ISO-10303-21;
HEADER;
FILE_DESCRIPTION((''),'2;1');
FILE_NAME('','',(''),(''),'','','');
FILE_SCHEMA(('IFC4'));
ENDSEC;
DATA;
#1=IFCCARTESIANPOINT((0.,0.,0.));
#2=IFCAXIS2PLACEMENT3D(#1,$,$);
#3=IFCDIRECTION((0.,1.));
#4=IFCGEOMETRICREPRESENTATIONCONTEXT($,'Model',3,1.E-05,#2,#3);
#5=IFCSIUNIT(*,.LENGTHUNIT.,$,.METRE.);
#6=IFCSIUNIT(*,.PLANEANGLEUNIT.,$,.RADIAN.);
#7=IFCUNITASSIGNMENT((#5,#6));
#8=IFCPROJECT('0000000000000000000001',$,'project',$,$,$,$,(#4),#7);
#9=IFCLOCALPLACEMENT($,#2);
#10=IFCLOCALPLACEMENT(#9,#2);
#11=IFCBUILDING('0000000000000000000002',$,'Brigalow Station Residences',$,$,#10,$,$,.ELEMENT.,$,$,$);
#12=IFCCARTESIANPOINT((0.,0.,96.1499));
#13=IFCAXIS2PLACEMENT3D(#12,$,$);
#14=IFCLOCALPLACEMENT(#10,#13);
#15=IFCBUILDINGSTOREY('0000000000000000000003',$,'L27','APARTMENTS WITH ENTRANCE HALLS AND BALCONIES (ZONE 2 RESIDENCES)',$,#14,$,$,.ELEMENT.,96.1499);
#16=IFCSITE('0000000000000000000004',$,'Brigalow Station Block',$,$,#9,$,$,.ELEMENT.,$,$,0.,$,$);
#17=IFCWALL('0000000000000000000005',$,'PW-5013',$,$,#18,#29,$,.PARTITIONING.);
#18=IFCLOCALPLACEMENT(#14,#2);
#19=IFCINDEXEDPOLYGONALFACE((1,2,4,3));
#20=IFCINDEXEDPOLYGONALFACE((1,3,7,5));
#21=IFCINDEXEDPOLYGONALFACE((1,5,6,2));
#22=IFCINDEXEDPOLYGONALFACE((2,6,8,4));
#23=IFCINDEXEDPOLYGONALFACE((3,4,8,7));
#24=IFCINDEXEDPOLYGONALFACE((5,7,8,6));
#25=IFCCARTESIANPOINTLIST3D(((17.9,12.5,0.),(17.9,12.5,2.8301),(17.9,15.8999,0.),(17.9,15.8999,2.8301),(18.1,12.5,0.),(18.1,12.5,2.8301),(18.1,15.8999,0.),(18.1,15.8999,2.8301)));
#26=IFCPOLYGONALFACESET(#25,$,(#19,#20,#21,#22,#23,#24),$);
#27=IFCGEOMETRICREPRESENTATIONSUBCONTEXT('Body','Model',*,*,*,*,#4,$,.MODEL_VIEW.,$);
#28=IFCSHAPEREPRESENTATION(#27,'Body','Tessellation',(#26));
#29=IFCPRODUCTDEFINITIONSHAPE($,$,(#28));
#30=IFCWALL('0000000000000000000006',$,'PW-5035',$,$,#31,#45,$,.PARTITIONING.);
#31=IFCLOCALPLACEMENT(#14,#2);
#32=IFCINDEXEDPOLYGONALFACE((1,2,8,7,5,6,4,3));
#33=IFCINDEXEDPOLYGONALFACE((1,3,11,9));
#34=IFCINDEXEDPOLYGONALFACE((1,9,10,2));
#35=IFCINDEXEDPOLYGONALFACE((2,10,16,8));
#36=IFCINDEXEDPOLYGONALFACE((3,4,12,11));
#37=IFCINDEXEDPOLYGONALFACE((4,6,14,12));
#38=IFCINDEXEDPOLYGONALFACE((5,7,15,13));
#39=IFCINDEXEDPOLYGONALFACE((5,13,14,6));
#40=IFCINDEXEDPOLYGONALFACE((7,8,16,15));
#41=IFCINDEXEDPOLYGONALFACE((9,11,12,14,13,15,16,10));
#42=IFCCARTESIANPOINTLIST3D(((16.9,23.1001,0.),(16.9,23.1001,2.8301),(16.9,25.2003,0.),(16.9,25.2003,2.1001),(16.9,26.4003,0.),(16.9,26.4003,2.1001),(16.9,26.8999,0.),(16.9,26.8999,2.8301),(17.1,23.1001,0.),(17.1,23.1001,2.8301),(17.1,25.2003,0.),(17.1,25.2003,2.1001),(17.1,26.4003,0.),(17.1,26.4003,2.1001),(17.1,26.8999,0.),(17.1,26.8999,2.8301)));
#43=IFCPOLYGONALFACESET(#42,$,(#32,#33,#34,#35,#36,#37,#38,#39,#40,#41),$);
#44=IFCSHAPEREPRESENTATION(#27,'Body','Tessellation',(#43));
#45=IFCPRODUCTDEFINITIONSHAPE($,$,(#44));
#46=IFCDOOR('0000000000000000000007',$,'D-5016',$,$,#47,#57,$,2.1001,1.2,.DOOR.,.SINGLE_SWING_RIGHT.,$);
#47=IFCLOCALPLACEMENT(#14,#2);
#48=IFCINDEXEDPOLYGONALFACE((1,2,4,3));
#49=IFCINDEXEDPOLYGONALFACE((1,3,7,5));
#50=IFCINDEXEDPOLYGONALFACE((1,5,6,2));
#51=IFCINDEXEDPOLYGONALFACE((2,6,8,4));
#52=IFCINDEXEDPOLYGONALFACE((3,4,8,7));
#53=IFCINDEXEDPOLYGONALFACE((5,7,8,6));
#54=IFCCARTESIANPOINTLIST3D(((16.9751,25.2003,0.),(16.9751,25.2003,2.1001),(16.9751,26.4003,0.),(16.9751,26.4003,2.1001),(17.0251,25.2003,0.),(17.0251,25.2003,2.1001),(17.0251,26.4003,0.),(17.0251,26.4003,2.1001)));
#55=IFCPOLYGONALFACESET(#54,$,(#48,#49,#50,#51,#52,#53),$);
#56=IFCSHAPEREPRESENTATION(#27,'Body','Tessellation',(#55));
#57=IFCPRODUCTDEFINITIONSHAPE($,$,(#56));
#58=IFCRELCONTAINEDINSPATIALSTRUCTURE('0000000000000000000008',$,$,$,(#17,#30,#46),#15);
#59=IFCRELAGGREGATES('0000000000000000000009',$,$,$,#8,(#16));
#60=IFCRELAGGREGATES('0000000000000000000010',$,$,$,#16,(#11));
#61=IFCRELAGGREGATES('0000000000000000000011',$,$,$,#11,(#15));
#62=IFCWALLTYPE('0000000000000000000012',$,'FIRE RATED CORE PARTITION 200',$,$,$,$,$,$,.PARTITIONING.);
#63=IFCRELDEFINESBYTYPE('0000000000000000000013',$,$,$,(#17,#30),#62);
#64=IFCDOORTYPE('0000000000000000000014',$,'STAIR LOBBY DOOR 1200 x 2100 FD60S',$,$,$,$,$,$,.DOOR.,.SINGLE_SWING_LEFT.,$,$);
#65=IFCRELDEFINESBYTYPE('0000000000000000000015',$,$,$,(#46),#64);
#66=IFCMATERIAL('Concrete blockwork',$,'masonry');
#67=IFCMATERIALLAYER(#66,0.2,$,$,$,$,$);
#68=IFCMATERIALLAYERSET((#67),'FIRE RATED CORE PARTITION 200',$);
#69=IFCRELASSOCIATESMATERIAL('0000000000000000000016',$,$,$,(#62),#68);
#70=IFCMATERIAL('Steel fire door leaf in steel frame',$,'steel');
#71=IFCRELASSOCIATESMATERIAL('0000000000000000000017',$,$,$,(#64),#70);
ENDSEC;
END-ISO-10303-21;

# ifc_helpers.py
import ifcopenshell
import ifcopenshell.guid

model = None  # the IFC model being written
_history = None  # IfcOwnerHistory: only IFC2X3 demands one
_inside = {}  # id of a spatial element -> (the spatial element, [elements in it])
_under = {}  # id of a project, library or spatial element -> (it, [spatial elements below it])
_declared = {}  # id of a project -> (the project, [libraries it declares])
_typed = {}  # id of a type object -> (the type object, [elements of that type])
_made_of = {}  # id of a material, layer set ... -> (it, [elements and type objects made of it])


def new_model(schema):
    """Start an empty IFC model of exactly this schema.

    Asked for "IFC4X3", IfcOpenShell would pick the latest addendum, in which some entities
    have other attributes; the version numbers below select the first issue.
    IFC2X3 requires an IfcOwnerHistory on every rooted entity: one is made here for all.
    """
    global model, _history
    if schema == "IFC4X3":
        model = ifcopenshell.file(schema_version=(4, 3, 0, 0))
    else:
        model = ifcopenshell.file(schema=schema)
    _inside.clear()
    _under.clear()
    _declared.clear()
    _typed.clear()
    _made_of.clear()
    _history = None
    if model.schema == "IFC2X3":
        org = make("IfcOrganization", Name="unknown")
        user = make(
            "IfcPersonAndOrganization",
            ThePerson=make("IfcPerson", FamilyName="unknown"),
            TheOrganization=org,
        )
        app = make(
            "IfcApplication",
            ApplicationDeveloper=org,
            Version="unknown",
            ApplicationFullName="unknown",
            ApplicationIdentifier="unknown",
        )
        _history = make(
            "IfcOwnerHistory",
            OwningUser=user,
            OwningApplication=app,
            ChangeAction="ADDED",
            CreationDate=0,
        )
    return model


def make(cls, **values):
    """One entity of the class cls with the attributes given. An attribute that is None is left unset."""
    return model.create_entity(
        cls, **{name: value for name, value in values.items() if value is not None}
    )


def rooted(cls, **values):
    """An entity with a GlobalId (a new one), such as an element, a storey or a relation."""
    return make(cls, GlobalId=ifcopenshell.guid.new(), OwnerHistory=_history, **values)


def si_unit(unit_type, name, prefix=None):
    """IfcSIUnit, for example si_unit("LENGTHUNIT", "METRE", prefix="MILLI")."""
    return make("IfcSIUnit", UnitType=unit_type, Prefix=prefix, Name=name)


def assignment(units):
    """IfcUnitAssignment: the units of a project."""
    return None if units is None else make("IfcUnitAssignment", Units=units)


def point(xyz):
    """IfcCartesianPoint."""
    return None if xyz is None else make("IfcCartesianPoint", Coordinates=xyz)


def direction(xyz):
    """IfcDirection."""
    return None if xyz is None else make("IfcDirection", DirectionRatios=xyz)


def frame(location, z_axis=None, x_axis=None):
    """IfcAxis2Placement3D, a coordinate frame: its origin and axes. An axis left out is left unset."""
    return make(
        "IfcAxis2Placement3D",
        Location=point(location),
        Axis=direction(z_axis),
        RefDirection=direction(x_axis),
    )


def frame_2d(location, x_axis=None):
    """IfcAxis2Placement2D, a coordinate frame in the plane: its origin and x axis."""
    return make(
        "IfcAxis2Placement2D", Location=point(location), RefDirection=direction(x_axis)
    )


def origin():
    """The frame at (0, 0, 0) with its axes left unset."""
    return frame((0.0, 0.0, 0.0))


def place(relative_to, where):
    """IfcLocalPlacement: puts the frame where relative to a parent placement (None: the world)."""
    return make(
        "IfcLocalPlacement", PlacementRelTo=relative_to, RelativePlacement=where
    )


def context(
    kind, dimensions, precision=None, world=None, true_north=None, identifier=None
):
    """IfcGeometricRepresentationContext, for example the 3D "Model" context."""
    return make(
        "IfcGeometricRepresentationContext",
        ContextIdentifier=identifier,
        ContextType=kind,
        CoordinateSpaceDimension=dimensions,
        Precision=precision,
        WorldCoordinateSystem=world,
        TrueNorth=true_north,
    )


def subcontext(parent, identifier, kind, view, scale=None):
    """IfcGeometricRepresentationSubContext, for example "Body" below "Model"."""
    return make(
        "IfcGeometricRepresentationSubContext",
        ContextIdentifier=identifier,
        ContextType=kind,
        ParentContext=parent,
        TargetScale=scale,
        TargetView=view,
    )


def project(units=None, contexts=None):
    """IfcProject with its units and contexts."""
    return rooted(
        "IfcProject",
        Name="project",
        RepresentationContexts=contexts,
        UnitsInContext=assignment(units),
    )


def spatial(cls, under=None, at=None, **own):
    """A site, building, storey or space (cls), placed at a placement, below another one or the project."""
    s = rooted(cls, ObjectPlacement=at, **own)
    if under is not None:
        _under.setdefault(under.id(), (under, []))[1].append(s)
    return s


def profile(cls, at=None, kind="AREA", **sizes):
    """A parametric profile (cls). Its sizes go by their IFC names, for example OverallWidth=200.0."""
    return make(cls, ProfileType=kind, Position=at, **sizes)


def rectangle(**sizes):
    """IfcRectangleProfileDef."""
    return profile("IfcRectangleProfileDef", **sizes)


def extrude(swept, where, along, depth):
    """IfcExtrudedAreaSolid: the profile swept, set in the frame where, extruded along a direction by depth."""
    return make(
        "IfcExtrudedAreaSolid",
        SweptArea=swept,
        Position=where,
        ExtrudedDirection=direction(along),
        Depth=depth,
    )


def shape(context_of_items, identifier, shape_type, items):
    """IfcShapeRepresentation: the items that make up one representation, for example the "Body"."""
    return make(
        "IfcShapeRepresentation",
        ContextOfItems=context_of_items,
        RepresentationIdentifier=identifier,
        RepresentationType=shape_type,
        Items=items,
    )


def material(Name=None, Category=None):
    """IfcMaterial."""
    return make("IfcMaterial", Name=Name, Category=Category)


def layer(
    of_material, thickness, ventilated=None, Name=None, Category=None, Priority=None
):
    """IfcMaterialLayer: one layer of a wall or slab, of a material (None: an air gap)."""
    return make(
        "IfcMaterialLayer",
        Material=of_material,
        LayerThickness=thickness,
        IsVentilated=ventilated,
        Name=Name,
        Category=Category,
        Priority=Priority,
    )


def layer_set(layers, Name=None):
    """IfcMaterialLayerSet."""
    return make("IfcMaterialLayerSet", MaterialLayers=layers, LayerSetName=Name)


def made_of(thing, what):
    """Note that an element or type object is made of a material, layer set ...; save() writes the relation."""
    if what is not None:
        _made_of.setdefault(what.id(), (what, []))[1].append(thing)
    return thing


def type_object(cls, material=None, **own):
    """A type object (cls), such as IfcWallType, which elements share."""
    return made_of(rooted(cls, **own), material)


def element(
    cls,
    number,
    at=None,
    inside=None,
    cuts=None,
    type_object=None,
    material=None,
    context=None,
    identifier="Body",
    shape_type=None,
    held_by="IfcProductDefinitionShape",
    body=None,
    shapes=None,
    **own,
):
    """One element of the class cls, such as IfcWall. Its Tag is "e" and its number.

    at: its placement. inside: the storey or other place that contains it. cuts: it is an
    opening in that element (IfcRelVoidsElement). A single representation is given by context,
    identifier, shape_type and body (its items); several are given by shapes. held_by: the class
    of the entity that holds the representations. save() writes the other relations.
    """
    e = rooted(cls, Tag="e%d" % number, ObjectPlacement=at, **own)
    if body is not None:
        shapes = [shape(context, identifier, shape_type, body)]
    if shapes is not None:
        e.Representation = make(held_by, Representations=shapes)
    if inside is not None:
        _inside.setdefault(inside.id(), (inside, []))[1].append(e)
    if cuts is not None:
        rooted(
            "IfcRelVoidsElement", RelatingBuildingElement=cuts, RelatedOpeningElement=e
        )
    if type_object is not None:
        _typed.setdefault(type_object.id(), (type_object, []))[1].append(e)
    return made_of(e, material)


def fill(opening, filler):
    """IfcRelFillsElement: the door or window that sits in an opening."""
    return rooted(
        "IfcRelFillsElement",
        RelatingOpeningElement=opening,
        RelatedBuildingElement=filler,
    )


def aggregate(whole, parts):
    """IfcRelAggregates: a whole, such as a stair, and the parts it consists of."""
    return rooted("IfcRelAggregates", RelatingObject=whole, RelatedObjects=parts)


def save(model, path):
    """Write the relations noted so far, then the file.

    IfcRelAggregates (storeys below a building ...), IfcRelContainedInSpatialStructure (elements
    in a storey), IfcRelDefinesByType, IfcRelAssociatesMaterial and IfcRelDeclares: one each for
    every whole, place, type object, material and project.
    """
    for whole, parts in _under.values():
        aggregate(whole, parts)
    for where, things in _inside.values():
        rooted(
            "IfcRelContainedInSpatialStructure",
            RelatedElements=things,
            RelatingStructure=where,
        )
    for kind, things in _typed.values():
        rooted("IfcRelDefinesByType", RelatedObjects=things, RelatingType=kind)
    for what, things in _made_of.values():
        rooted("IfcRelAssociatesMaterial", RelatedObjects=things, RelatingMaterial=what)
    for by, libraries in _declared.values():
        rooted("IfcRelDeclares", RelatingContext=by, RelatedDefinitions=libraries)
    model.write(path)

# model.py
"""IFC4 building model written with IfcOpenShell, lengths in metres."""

from ifc_helpers import new_model, si_unit, direction, frame, frame_2d, origin, place, context, subcontext, project, spatial, rectangle, extrude, material, layer, layer_set, type_object, element, fill, save


model = new_model("IFC4")

# Units and contexts
model_context = context("Model", 3, precision=1e-05, world=origin(), true_north=direction((0.0, 1.0)))
body_context = subcontext(model_context, "Body", "Model", "MODEL_VIEW")
ifc_project = project(units=[si_unit("LENGTHUNIT", "METRE"), si_unit("PLANEANGLEUNIT", "RADIAN")], contexts=[model_context])

# Site, building, storey
site_placement = place(None, origin())
site = spatial("IfcSite", under=ifc_project, at=site_placement, Name="Brigalow Station Block", CompositionType="ELEMENT", RefElevation=0.0)
building_placement = place(site_placement, origin())
building = spatial("IfcBuilding", under=site, at=building_placement, Name="Brigalow Station Residences", CompositionType="ELEMENT")
storey_placement = place(building_placement, frame((0.0, 0.0, 96.1499)))
storey = spatial("IfcBuildingStorey", under=building, at=storey_placement, Name="L27", Description="APARTMENTS WITH ENTRANCE HALLS AND BALCONIES (ZONE 2 RESIDENCES)", CompositionType="ELEMENT", Elevation=96.1499)

# Wall
ifc_material_1 = material(Name="Concrete blockwork", Category="masonry")
ifc_layer_1 = layer(ifc_material_1, 0.2)
ifc_layer_set_1 = layer_set([ifc_layer_1], Name="FIRE RATED CORE PARTITION 200")
wall_type_1 = type_object("IfcWallType", Name="FIRE RATED CORE PARTITION 200", PredefinedType="PARTITIONING", material=ifc_layer_set_1)
wall_1_placement = place(storey_placement, frame((18.0, 12.5, 0.0), z_axis=(0.0, 0.0, 1.0), x_axis=(0.0, 1.0, 0.0)))
element("IfcWall", 1, at=wall_1_placement, inside=storey, type_object=wall_type_1, Name="PW-5013", PredefinedType="PARTITIONING", context=body_context, shape_type="SweptSolid", body=[
    extrude(rectangle(XDim=3.3999, YDim=0.2, at=frame_2d((1.7, 0.0))), origin(), (0.0, 0.0, 1.0), 2.8301),
])

# Wall, opening, door
wall_2_placement = place(storey_placement, frame((17.0, 23.1001, 0.0), z_axis=(0.0, 0.0, 1.0), x_axis=(0.0, 1.0, 0.0)))
wall_2 = element("IfcWall", 2, at=wall_2_placement, inside=storey, type_object=wall_type_1, Name="PW-5035", PredefinedType="PARTITIONING", context=body_context, shape_type="SweptSolid", body=[
    extrude(rectangle(XDim=3.7998, YDim=0.2, at=frame_2d((1.8999, 0.0))), origin(), (0.0, 0.0, 1.0), 2.8301),
])
opening_1_placement = place(wall_2_placement, frame((2.1001, 0.0, 0.0)))
opening_1 = element("IfcOpeningElement", 3, at=opening_1_placement, cuts=wall_2, PredefinedType="OPENING", context=body_context, shape_type="SweptSolid", body=[
    extrude(rectangle(XDim=1.2, YDim=2.1001, at=frame_2d((0.6001, 1.05))), frame((0.0, 0.1099, 0.0), z_axis=(0.0, -1.0, 0.0), x_axis=(1.0, 0.0, 0.0)), (0.0, 0.0, 1.0), 0.22),
])
ifc_material_2 = material(Name="Steel fire door leaf in steel frame", Category="steel")
door_type_1 = type_object("IfcDoorType", Name="STAIR LOBBY DOOR 1200 x 2100 FD60S", OperationType="SINGLE_SWING_LEFT", PredefinedType="DOOR", material=ifc_material_2)
door_1_placement = place(opening_1_placement, origin())
door_1 = element("IfcDoor", 4, at=door_1_placement, inside=storey, type_object=door_type_1, Name="D-5016", OperationType="SINGLE_SWING_RIGHT", OverallHeight=2.1001, OverallWidth=1.2, PredefinedType="DOOR", context=body_context, shape_type="SweptSolid", body=[
    extrude(rectangle(XDim=1.2, YDim=2.1001, at=frame_2d((0.6001, 1.05))), frame((0.0, 0.0249, 0.0), z_axis=(0.0, -1.0, 0.0), x_axis=(1.0, 0.0, 0.0)), (0.0, 0.0, 1.0), 0.05),
])
fill(opening_1, door_1)

save(model, "model.ifc")
